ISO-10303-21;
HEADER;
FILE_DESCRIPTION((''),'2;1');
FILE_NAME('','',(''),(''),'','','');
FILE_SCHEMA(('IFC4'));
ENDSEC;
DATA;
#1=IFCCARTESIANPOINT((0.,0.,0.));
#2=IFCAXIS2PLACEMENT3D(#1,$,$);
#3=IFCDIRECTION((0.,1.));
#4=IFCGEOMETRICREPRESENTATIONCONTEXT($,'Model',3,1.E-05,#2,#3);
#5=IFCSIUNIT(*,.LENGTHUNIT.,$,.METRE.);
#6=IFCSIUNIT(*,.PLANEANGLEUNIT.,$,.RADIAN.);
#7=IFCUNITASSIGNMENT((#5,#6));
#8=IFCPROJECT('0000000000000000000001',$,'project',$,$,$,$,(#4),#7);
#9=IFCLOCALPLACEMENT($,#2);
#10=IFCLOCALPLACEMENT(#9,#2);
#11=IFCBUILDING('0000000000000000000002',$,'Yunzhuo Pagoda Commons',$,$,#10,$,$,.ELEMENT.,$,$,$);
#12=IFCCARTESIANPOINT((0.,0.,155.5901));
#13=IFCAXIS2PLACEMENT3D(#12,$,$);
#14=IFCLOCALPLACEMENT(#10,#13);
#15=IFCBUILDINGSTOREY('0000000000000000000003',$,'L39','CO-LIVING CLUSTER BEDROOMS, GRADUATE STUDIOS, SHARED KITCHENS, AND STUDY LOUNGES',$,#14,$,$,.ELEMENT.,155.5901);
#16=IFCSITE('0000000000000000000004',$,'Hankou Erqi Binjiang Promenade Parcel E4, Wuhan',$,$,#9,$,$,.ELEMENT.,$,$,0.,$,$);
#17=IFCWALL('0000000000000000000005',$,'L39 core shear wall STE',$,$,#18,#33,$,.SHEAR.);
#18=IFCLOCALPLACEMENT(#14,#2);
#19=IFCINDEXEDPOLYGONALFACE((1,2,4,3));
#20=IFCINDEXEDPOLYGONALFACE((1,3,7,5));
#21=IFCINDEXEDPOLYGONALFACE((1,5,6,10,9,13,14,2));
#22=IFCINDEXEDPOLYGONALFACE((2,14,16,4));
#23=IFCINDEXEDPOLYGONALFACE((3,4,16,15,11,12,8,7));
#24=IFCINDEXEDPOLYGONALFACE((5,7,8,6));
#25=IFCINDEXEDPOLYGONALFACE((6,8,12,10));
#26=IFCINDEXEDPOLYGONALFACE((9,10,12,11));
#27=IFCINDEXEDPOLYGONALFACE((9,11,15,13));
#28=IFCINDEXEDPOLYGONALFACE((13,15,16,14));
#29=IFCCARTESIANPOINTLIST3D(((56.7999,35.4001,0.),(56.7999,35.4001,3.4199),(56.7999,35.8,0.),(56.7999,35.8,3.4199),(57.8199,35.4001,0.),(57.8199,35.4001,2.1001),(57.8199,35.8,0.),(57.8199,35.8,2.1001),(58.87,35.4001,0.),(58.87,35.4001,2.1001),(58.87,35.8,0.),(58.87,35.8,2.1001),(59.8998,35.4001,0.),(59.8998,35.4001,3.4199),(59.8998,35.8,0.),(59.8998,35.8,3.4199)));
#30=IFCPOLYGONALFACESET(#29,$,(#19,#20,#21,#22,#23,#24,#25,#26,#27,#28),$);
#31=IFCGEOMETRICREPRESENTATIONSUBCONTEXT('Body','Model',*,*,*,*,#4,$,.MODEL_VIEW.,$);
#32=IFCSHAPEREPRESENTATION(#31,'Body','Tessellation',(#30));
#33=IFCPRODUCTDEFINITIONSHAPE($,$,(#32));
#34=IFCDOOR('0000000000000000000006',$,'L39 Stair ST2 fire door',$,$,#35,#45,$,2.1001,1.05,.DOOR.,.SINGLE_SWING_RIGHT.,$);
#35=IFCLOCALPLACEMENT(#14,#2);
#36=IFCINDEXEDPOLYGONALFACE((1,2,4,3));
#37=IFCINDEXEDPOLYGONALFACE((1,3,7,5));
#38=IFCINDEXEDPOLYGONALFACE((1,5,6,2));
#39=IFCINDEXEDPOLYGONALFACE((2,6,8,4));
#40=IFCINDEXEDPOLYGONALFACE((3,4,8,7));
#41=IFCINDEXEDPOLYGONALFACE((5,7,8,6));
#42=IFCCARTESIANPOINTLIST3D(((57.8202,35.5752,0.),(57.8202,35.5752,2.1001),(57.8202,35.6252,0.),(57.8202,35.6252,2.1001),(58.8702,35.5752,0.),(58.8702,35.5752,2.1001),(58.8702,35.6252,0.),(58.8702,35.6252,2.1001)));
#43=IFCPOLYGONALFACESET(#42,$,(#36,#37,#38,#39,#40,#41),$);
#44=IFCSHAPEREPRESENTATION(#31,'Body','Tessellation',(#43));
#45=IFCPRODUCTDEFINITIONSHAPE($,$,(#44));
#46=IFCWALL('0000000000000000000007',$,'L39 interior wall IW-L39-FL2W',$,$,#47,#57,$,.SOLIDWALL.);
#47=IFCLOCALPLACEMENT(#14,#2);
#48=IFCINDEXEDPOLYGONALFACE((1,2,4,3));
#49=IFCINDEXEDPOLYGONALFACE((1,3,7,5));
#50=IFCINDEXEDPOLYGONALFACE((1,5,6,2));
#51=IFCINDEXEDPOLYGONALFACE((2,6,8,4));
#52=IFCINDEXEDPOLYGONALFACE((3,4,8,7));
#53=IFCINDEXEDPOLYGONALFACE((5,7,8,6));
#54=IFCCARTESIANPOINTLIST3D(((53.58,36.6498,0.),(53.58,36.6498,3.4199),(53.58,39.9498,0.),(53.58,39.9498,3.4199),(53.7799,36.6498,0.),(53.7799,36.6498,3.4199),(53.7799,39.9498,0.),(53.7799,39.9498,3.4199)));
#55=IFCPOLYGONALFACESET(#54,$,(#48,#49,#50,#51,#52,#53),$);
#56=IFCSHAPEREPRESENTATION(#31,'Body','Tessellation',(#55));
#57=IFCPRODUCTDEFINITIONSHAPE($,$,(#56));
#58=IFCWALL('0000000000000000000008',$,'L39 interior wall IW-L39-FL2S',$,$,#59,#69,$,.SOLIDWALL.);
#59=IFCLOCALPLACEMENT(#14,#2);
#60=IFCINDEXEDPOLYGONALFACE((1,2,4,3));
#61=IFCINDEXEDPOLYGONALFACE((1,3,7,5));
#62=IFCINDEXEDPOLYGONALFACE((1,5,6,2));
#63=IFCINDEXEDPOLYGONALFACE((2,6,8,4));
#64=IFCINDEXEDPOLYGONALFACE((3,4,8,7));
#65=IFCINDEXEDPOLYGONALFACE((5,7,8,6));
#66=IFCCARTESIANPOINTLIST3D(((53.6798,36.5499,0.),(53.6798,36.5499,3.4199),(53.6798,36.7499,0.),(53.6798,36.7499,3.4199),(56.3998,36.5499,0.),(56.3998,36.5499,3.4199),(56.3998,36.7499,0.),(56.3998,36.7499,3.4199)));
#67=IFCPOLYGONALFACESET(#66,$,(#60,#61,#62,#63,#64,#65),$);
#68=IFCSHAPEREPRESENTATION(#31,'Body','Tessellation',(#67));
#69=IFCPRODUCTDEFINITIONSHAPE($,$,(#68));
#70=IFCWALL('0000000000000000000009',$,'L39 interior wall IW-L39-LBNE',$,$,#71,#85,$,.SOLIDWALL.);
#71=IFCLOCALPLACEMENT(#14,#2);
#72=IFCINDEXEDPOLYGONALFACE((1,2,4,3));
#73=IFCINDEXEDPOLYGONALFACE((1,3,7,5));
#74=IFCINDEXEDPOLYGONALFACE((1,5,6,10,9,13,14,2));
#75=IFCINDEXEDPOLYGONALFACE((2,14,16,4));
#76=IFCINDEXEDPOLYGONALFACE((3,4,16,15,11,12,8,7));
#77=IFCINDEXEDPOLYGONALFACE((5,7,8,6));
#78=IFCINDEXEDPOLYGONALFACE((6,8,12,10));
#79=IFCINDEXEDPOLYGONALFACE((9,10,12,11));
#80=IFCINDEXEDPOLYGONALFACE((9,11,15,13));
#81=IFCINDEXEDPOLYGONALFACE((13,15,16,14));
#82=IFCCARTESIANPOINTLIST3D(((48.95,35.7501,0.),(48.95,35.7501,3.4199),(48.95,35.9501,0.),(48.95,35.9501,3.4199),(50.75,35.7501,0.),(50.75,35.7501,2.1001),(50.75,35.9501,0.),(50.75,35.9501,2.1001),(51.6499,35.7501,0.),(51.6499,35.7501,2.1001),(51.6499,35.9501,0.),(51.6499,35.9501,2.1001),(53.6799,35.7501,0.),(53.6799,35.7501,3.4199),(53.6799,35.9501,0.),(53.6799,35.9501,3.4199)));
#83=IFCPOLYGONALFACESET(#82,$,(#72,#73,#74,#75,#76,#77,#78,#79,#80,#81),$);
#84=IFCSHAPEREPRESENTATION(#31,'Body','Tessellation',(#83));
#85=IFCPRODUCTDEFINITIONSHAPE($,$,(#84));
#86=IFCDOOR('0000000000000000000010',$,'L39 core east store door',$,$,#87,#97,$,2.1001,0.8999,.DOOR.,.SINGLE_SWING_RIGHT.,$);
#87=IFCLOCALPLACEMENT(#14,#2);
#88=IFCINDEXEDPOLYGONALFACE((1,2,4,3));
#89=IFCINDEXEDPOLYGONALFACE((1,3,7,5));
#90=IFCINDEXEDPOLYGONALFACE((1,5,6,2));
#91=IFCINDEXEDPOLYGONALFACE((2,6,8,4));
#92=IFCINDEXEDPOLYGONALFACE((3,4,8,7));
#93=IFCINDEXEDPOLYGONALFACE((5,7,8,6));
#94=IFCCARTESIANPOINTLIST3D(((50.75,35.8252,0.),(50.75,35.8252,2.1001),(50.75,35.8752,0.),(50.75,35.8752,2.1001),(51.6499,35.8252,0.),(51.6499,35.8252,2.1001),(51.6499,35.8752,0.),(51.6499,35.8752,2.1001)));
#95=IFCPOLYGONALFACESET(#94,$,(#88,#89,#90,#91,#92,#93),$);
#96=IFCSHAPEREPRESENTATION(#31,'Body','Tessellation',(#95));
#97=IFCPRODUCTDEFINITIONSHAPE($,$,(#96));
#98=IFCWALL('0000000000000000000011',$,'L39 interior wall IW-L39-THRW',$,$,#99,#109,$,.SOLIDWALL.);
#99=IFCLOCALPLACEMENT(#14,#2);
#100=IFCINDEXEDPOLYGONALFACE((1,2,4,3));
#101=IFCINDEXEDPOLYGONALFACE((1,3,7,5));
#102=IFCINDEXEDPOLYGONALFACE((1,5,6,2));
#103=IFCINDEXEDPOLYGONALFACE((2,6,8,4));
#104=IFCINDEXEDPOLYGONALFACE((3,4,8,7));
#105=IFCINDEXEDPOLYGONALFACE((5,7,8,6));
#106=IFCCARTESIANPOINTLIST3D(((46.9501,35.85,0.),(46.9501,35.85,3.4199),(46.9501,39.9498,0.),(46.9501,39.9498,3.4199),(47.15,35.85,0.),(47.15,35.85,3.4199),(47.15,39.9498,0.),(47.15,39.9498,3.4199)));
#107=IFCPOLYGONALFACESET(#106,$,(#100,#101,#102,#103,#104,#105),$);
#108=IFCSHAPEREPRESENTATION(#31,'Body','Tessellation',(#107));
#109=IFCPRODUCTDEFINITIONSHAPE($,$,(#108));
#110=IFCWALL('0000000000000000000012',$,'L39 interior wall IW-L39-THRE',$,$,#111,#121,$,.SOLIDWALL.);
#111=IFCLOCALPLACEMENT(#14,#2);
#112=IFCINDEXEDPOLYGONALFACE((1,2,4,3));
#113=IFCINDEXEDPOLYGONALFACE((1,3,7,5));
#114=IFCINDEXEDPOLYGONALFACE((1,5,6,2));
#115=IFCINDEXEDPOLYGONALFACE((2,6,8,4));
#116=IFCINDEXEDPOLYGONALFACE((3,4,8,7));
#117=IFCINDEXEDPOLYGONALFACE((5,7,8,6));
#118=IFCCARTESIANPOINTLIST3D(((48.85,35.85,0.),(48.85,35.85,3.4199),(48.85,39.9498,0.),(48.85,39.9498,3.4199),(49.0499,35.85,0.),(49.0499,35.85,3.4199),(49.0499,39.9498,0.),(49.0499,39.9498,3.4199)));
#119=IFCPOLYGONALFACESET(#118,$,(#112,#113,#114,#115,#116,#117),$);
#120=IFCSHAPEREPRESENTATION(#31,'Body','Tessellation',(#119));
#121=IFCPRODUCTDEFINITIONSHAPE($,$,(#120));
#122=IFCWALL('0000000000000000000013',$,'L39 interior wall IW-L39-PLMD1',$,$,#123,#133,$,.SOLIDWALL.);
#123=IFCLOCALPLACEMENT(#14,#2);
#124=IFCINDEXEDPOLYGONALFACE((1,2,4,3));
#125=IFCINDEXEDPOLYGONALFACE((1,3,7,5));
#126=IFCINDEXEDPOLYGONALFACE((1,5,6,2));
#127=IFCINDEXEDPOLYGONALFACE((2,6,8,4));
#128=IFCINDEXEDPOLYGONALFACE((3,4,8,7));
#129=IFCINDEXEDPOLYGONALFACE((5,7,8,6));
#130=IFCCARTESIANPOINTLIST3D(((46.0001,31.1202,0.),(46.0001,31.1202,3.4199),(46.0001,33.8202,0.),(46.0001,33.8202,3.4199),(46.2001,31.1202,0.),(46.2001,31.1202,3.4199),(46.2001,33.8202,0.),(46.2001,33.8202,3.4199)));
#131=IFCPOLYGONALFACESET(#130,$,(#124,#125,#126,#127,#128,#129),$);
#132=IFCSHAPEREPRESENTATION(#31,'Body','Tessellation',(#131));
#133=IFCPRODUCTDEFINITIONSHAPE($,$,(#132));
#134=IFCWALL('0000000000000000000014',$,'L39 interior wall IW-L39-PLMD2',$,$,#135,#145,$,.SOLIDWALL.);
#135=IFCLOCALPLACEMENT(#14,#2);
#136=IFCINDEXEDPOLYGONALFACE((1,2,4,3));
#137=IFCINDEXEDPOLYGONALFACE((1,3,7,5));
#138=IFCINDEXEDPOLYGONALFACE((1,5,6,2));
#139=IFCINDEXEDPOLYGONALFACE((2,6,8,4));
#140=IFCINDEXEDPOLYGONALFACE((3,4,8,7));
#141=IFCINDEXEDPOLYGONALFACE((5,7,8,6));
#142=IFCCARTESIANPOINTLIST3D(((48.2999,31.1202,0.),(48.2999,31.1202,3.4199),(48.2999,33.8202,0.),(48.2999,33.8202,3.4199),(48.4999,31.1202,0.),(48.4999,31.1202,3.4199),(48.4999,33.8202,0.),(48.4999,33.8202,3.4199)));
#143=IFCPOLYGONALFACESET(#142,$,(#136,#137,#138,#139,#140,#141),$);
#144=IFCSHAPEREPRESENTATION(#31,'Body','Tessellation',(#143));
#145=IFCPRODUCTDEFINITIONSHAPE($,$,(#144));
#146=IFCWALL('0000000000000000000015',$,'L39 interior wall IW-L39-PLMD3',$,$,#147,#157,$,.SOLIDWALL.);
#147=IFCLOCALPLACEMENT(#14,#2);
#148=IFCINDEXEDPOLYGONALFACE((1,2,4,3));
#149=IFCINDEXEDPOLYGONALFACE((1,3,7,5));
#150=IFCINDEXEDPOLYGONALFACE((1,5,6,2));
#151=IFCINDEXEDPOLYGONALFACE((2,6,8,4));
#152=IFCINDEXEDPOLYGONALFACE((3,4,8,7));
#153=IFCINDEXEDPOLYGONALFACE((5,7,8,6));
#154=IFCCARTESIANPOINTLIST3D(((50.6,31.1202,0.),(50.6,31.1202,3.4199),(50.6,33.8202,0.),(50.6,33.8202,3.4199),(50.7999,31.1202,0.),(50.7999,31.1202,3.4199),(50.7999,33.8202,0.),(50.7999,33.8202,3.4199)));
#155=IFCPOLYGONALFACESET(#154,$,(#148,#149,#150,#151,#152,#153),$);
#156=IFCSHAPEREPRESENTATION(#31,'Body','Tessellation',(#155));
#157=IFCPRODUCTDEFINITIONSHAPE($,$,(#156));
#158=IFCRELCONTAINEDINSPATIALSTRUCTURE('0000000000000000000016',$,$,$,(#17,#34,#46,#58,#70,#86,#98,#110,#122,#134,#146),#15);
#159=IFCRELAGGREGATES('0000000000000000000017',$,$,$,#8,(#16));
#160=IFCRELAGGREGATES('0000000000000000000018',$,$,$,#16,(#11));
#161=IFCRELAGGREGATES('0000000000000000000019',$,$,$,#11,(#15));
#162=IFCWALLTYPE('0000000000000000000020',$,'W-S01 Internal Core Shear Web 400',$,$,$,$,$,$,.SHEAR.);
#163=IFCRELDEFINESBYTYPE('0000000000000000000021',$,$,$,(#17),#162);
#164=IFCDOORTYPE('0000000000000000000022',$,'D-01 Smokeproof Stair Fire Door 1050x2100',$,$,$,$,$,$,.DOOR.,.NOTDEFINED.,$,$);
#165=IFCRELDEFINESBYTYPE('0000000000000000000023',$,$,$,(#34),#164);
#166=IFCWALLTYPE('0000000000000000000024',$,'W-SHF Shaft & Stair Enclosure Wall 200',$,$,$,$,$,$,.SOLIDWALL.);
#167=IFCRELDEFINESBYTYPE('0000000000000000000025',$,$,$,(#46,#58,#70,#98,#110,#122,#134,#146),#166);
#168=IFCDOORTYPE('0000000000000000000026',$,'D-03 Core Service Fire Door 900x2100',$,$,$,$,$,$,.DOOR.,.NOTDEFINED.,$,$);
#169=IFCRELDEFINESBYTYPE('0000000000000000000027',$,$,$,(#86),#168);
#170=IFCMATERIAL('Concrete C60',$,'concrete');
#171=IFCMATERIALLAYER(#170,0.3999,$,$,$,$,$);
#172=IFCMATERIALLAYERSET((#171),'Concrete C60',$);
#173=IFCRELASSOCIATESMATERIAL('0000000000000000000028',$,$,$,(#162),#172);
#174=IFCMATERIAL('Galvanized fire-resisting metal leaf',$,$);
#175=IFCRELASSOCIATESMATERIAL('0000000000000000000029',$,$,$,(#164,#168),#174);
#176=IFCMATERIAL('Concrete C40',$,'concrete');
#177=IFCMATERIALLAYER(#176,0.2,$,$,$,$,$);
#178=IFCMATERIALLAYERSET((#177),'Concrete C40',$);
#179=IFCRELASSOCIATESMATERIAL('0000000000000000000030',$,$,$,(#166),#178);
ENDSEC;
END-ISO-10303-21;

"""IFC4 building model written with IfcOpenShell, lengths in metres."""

from ifc_helpers import new_model, si_unit, direction, frame, frame_2d, origin, place, context, subcontext, project, spatial, rectangle, extrude, source, transform, mapped, material, layer, layer_set, type_object, element, fill, save


model = new_model("IFC4")

# Units and contexts
model_context = context("Model", 3, precision=1e-05, world=origin(), true_north=direction((0.0, 1.0)))
body_context = subcontext(model_context, "Body", "Model", "MODEL_VIEW")
ifc_project = project(units=[si_unit("LENGTHUNIT", "METRE"), si_unit("PLANEANGLEUNIT", "RADIAN")], contexts=[model_context])

# Site, building, storey
site_placement = place(None, origin())
site = spatial("IfcSite", under=ifc_project, at=site_placement, Name="Hankou Erqi Binjiang Promenade Parcel E4, Wuhan", CompositionType="ELEMENT", RefElevation=0.0)
building_placement = place(site_placement, origin())
building = spatial("IfcBuilding", under=site, at=building_placement, Name="Yunzhuo Pagoda Commons", CompositionType="ELEMENT")
storey_placement = place(building_placement, frame((0.0, 0.0, 155.5901)))
storey = spatial("IfcBuildingStorey", under=building, at=storey_placement, Name="L39", Description="CO-LIVING CLUSTER BEDROOMS, GRADUATE STUDIOS, SHARED KITCHENS, AND STUDY LOUNGES", CompositionType="ELEMENT", Elevation=155.5901)

# Shared definitions
ifc_material_1 = material(Name="Concrete C60", Category="concrete")
ifc_material_2 = material(Name="Galvanized fire-resisting metal leaf")
shared_shape_1 = source(origin(), body_context, "Body", "SweptSolid", [
    extrude(rectangle(XDim=1.05, YDim=2.1001, at=frame_2d((0.5249, 1.05))), frame((0.0, 0.0249, 0.0), z_axis=(0.0, -1.0, 0.0), x_axis=(1.0, 0.0, 0.0)), (0.0, 0.0, 1.0), 0.05),
])

# Wall, opening, door
ifc_layer_1 = layer(ifc_material_1, 0.3999)
ifc_layer_set_1 = layer_set([ifc_layer_1], Name="Concrete C60")
wall_type_1 = type_object("IfcWallType", Name="W-S01 Internal Core Shear Web 400", PredefinedType="SHEAR", material=ifc_layer_set_1)
wall_1_placement = place(storey_placement, frame((56.8, 35.6001, 0.0), z_axis=(0.0, 0.0, 1.0), x_axis=(1.0, 0.0, 0.0)))
wall_1 = element("IfcWall", 1, at=wall_1_placement, inside=storey, type_object=wall_type_1, Name="L39 core shear wall STE", PredefinedType="SHEAR", context=body_context, shape_type="SweptSolid", body=[
    extrude(rectangle(XDim=3.0999, YDim=0.3999, at=frame_2d((1.5498, 0.0))), origin(), (0.0, 0.0, 1.0), 3.4199),
])
opening_1_placement = place(wall_1_placement, frame((1.02, 0.0, 0.0)))
opening_1 = element("IfcOpeningElement", 2, at=opening_1_placement, cuts=wall_1, PredefinedType="OPENING", context=body_context, shape_type="SweptSolid", body=[
    extrude(rectangle(XDim=1.05, YDim=2.1001, at=frame_2d((0.5249, 1.05))), frame((0.0, 0.21, 0.0), z_axis=(0.0, -1.0, 0.0), x_axis=(1.0, 0.0, 0.0)), (0.0, 0.0, 1.0), 0.4199),
])
door_type_1 = type_object("IfcDoorType", Name="D-01 Smokeproof Stair Fire Door 1050x2100", OperationType="NOTDEFINED", PredefinedType="DOOR", material=ifc_material_2)
door_1_placement = place(opening_1_placement, frame((1.05, 0.0, 0.0), z_axis=(0.0, 0.0, 1.0), x_axis=(-1.0, 0.0, 0.0)))
door_1 = element("IfcDoor", 3, at=door_1_placement, inside=storey, type_object=door_type_1, Name="L39 Stair ST2 fire door", OperationType="SINGLE_SWING_RIGHT", OverallHeight=2.1001, OverallWidth=1.05, PredefinedType="DOOR", context=body_context, shape_type="MappedRepresentation", body=[
    mapped(shared_shape_1, transform((0.0, 0.0, 0.0), scale=1.0)),
])
fill(opening_1, door_1)

# Walls
ifc_material_3 = material(Name="Concrete C40", Category="concrete")
ifc_layer_2 = layer(ifc_material_3, 0.2)
ifc_layer_set_2 = layer_set([ifc_layer_2], Name="Concrete C40")
wall_type_2 = type_object("IfcWallType", Name="W-SHF Shaft & Stair Enclosure Wall 200", PredefinedType="SOLIDWALL", material=ifc_layer_set_2)
wall_2_placement = place(storey_placement, frame((53.6799, 36.6499, 0.0), z_axis=(0.0, 0.0, 1.0), x_axis=(0.0, 1.0, 0.0)))
element("IfcWall", 4, at=wall_2_placement, inside=storey, type_object=wall_type_2, Name="L39 interior wall IW-L39-FL2W", PredefinedType="SOLIDWALL", context=body_context, shape_type="SweptSolid", body=[
    extrude(rectangle(XDim=3.3, YDim=0.2, at=frame_2d((1.6499, 0.0))), origin(), (0.0, 0.0, 1.0), 3.4199),
])
wall_3_placement = place(storey_placement, frame((53.6799, 36.6499, 0.0), z_axis=(0.0, 0.0, 1.0), x_axis=(1.0, 0.0, 0.0)))
element("IfcWall", 5, at=wall_3_placement, inside=storey, type_object=wall_type_2, Name="L39 interior wall IW-L39-FL2S", PredefinedType="SOLIDWALL", context=body_context, shape_type="SweptSolid", body=[
    extrude(rectangle(XDim=2.72, YDim=0.2, at=frame_2d((1.3599, 0.0))), origin(), (0.0, 0.0, 1.0), 3.4199),
])

# Wall, opening, door
wall_4_placement = place(storey_placement, frame((48.95, 35.8501, 0.0), z_axis=(0.0, 0.0, 1.0), x_axis=(1.0, 0.0, 0.0)))
wall_4 = element("IfcWall", 6, at=wall_4_placement, inside=storey, type_object=wall_type_2, Name="L39 interior wall IW-L39-LBNE", PredefinedType="SOLIDWALL", context=body_context, shape_type="SweptSolid", body=[
    extrude(rectangle(XDim=4.73, YDim=0.2, at=frame_2d((2.365, 0.0))), origin(), (0.0, 0.0, 1.0), 3.4199),
])
opening_2_placement = place(wall_4_placement, frame((1.8, 0.0, 0.0)))
opening_2 = element("IfcOpeningElement", 7, at=opening_2_placement, cuts=wall_4, PredefinedType="OPENING", context=body_context, shape_type="SweptSolid", body=[
    extrude(rectangle(XDim=0.8999, YDim=2.1001, at=frame_2d((0.45, 1.05))), frame((0.0, 0.1099, 0.0), z_axis=(0.0, -1.0, 0.0), x_axis=(1.0, 0.0, 0.0)), (0.0, 0.0, 1.0), 0.22),
])
door_type_2 = type_object("IfcDoorType", Name="D-03 Core Service Fire Door 900x2100", OperationType="NOTDEFINED", PredefinedType="DOOR", material=ifc_material_2)
shared_shape_2 = source(origin(), body_context, "Body", "SweptSolid", [
    extrude(rectangle(XDim=0.8999, YDim=2.1001, at=frame_2d((0.45, 1.05))), frame((0.0, 0.0249, 0.0), z_axis=(0.0, -1.0, 0.0), x_axis=(1.0, 0.0, 0.0)), (0.0, 0.0, 1.0), 0.05),
])
door_2_placement = place(opening_2_placement, frame((0.8999, 0.0, 0.0), z_axis=(0.0, 0.0, 1.0), x_axis=(-1.0, 0.0, 0.0)))
door_2 = element("IfcDoor", 8, at=door_2_placement, inside=storey, type_object=door_type_2, Name="L39 core east store door", OperationType="SINGLE_SWING_RIGHT", OverallHeight=2.1001, OverallWidth=0.8999, PredefinedType="DOOR", context=body_context, shape_type="MappedRepresentation", body=[
    mapped(shared_shape_2, transform((0.0, 0.0, 0.0), scale=1.0)),
])
fill(opening_2, door_2)

# Walls
for number, where, z_axis, x_axis, name in (
    (9, (47.05, 35.8501, 0.0), (0.0, 0.0, 1.0), (0.0, 1.0, 0.0), "L39 interior wall IW-L39-THRW"),
    (10, (48.95, 35.8501, 0.0), (0.0, 0.0, 1.0), (0.0, 1.0, 0.0), "L39 interior wall IW-L39-THRE"),
):
    element("IfcWall", number, at=place(storey_placement, frame(where, z_axis=z_axis, x_axis=x_axis)), inside=storey, type_object=wall_type_2, Name=name, PredefinedType="SOLIDWALL", context=body_context, shape_type="SweptSolid", body=[
        extrude(rectangle(XDim=4.0999, YDim=0.2, at=frame_2d((2.0498, 0.0))), origin(), (0.0, 0.0, 1.0), 3.4199),
    ])
for number, where, z_axis, x_axis, name in (
    (11, (46.1001, 31.1201, 0.0), (0.0, 0.0, 1.0), (0.0, 1.0, 0.0), "L39 interior wall IW-L39-PLMD1"),
    (12, (48.3999, 31.1201, 0.0), (0.0, 0.0, 1.0), (0.0, 1.0, 0.0), "L39 interior wall IW-L39-PLMD2"),
    (13, (50.7, 31.1201, 0.0), (0.0, 0.0, 1.0), (0.0, 1.0, 0.0), "L39 interior wall IW-L39-PLMD3"),
):
    element("IfcWall", number, at=place(storey_placement, frame(where, z_axis=z_axis, x_axis=x_axis)), inside=storey, type_object=wall_type_2, Name=name, PredefinedType="SOLIDWALL", context=body_context, shape_type="SweptSolid", body=[
        extrude(rectangle(XDim=2.7, YDim=0.2, at=frame_2d((1.3501, 0.0))), origin(), (0.0, 0.0, 1.0), 3.4199),
    ])

save(model, "model.ifc")
